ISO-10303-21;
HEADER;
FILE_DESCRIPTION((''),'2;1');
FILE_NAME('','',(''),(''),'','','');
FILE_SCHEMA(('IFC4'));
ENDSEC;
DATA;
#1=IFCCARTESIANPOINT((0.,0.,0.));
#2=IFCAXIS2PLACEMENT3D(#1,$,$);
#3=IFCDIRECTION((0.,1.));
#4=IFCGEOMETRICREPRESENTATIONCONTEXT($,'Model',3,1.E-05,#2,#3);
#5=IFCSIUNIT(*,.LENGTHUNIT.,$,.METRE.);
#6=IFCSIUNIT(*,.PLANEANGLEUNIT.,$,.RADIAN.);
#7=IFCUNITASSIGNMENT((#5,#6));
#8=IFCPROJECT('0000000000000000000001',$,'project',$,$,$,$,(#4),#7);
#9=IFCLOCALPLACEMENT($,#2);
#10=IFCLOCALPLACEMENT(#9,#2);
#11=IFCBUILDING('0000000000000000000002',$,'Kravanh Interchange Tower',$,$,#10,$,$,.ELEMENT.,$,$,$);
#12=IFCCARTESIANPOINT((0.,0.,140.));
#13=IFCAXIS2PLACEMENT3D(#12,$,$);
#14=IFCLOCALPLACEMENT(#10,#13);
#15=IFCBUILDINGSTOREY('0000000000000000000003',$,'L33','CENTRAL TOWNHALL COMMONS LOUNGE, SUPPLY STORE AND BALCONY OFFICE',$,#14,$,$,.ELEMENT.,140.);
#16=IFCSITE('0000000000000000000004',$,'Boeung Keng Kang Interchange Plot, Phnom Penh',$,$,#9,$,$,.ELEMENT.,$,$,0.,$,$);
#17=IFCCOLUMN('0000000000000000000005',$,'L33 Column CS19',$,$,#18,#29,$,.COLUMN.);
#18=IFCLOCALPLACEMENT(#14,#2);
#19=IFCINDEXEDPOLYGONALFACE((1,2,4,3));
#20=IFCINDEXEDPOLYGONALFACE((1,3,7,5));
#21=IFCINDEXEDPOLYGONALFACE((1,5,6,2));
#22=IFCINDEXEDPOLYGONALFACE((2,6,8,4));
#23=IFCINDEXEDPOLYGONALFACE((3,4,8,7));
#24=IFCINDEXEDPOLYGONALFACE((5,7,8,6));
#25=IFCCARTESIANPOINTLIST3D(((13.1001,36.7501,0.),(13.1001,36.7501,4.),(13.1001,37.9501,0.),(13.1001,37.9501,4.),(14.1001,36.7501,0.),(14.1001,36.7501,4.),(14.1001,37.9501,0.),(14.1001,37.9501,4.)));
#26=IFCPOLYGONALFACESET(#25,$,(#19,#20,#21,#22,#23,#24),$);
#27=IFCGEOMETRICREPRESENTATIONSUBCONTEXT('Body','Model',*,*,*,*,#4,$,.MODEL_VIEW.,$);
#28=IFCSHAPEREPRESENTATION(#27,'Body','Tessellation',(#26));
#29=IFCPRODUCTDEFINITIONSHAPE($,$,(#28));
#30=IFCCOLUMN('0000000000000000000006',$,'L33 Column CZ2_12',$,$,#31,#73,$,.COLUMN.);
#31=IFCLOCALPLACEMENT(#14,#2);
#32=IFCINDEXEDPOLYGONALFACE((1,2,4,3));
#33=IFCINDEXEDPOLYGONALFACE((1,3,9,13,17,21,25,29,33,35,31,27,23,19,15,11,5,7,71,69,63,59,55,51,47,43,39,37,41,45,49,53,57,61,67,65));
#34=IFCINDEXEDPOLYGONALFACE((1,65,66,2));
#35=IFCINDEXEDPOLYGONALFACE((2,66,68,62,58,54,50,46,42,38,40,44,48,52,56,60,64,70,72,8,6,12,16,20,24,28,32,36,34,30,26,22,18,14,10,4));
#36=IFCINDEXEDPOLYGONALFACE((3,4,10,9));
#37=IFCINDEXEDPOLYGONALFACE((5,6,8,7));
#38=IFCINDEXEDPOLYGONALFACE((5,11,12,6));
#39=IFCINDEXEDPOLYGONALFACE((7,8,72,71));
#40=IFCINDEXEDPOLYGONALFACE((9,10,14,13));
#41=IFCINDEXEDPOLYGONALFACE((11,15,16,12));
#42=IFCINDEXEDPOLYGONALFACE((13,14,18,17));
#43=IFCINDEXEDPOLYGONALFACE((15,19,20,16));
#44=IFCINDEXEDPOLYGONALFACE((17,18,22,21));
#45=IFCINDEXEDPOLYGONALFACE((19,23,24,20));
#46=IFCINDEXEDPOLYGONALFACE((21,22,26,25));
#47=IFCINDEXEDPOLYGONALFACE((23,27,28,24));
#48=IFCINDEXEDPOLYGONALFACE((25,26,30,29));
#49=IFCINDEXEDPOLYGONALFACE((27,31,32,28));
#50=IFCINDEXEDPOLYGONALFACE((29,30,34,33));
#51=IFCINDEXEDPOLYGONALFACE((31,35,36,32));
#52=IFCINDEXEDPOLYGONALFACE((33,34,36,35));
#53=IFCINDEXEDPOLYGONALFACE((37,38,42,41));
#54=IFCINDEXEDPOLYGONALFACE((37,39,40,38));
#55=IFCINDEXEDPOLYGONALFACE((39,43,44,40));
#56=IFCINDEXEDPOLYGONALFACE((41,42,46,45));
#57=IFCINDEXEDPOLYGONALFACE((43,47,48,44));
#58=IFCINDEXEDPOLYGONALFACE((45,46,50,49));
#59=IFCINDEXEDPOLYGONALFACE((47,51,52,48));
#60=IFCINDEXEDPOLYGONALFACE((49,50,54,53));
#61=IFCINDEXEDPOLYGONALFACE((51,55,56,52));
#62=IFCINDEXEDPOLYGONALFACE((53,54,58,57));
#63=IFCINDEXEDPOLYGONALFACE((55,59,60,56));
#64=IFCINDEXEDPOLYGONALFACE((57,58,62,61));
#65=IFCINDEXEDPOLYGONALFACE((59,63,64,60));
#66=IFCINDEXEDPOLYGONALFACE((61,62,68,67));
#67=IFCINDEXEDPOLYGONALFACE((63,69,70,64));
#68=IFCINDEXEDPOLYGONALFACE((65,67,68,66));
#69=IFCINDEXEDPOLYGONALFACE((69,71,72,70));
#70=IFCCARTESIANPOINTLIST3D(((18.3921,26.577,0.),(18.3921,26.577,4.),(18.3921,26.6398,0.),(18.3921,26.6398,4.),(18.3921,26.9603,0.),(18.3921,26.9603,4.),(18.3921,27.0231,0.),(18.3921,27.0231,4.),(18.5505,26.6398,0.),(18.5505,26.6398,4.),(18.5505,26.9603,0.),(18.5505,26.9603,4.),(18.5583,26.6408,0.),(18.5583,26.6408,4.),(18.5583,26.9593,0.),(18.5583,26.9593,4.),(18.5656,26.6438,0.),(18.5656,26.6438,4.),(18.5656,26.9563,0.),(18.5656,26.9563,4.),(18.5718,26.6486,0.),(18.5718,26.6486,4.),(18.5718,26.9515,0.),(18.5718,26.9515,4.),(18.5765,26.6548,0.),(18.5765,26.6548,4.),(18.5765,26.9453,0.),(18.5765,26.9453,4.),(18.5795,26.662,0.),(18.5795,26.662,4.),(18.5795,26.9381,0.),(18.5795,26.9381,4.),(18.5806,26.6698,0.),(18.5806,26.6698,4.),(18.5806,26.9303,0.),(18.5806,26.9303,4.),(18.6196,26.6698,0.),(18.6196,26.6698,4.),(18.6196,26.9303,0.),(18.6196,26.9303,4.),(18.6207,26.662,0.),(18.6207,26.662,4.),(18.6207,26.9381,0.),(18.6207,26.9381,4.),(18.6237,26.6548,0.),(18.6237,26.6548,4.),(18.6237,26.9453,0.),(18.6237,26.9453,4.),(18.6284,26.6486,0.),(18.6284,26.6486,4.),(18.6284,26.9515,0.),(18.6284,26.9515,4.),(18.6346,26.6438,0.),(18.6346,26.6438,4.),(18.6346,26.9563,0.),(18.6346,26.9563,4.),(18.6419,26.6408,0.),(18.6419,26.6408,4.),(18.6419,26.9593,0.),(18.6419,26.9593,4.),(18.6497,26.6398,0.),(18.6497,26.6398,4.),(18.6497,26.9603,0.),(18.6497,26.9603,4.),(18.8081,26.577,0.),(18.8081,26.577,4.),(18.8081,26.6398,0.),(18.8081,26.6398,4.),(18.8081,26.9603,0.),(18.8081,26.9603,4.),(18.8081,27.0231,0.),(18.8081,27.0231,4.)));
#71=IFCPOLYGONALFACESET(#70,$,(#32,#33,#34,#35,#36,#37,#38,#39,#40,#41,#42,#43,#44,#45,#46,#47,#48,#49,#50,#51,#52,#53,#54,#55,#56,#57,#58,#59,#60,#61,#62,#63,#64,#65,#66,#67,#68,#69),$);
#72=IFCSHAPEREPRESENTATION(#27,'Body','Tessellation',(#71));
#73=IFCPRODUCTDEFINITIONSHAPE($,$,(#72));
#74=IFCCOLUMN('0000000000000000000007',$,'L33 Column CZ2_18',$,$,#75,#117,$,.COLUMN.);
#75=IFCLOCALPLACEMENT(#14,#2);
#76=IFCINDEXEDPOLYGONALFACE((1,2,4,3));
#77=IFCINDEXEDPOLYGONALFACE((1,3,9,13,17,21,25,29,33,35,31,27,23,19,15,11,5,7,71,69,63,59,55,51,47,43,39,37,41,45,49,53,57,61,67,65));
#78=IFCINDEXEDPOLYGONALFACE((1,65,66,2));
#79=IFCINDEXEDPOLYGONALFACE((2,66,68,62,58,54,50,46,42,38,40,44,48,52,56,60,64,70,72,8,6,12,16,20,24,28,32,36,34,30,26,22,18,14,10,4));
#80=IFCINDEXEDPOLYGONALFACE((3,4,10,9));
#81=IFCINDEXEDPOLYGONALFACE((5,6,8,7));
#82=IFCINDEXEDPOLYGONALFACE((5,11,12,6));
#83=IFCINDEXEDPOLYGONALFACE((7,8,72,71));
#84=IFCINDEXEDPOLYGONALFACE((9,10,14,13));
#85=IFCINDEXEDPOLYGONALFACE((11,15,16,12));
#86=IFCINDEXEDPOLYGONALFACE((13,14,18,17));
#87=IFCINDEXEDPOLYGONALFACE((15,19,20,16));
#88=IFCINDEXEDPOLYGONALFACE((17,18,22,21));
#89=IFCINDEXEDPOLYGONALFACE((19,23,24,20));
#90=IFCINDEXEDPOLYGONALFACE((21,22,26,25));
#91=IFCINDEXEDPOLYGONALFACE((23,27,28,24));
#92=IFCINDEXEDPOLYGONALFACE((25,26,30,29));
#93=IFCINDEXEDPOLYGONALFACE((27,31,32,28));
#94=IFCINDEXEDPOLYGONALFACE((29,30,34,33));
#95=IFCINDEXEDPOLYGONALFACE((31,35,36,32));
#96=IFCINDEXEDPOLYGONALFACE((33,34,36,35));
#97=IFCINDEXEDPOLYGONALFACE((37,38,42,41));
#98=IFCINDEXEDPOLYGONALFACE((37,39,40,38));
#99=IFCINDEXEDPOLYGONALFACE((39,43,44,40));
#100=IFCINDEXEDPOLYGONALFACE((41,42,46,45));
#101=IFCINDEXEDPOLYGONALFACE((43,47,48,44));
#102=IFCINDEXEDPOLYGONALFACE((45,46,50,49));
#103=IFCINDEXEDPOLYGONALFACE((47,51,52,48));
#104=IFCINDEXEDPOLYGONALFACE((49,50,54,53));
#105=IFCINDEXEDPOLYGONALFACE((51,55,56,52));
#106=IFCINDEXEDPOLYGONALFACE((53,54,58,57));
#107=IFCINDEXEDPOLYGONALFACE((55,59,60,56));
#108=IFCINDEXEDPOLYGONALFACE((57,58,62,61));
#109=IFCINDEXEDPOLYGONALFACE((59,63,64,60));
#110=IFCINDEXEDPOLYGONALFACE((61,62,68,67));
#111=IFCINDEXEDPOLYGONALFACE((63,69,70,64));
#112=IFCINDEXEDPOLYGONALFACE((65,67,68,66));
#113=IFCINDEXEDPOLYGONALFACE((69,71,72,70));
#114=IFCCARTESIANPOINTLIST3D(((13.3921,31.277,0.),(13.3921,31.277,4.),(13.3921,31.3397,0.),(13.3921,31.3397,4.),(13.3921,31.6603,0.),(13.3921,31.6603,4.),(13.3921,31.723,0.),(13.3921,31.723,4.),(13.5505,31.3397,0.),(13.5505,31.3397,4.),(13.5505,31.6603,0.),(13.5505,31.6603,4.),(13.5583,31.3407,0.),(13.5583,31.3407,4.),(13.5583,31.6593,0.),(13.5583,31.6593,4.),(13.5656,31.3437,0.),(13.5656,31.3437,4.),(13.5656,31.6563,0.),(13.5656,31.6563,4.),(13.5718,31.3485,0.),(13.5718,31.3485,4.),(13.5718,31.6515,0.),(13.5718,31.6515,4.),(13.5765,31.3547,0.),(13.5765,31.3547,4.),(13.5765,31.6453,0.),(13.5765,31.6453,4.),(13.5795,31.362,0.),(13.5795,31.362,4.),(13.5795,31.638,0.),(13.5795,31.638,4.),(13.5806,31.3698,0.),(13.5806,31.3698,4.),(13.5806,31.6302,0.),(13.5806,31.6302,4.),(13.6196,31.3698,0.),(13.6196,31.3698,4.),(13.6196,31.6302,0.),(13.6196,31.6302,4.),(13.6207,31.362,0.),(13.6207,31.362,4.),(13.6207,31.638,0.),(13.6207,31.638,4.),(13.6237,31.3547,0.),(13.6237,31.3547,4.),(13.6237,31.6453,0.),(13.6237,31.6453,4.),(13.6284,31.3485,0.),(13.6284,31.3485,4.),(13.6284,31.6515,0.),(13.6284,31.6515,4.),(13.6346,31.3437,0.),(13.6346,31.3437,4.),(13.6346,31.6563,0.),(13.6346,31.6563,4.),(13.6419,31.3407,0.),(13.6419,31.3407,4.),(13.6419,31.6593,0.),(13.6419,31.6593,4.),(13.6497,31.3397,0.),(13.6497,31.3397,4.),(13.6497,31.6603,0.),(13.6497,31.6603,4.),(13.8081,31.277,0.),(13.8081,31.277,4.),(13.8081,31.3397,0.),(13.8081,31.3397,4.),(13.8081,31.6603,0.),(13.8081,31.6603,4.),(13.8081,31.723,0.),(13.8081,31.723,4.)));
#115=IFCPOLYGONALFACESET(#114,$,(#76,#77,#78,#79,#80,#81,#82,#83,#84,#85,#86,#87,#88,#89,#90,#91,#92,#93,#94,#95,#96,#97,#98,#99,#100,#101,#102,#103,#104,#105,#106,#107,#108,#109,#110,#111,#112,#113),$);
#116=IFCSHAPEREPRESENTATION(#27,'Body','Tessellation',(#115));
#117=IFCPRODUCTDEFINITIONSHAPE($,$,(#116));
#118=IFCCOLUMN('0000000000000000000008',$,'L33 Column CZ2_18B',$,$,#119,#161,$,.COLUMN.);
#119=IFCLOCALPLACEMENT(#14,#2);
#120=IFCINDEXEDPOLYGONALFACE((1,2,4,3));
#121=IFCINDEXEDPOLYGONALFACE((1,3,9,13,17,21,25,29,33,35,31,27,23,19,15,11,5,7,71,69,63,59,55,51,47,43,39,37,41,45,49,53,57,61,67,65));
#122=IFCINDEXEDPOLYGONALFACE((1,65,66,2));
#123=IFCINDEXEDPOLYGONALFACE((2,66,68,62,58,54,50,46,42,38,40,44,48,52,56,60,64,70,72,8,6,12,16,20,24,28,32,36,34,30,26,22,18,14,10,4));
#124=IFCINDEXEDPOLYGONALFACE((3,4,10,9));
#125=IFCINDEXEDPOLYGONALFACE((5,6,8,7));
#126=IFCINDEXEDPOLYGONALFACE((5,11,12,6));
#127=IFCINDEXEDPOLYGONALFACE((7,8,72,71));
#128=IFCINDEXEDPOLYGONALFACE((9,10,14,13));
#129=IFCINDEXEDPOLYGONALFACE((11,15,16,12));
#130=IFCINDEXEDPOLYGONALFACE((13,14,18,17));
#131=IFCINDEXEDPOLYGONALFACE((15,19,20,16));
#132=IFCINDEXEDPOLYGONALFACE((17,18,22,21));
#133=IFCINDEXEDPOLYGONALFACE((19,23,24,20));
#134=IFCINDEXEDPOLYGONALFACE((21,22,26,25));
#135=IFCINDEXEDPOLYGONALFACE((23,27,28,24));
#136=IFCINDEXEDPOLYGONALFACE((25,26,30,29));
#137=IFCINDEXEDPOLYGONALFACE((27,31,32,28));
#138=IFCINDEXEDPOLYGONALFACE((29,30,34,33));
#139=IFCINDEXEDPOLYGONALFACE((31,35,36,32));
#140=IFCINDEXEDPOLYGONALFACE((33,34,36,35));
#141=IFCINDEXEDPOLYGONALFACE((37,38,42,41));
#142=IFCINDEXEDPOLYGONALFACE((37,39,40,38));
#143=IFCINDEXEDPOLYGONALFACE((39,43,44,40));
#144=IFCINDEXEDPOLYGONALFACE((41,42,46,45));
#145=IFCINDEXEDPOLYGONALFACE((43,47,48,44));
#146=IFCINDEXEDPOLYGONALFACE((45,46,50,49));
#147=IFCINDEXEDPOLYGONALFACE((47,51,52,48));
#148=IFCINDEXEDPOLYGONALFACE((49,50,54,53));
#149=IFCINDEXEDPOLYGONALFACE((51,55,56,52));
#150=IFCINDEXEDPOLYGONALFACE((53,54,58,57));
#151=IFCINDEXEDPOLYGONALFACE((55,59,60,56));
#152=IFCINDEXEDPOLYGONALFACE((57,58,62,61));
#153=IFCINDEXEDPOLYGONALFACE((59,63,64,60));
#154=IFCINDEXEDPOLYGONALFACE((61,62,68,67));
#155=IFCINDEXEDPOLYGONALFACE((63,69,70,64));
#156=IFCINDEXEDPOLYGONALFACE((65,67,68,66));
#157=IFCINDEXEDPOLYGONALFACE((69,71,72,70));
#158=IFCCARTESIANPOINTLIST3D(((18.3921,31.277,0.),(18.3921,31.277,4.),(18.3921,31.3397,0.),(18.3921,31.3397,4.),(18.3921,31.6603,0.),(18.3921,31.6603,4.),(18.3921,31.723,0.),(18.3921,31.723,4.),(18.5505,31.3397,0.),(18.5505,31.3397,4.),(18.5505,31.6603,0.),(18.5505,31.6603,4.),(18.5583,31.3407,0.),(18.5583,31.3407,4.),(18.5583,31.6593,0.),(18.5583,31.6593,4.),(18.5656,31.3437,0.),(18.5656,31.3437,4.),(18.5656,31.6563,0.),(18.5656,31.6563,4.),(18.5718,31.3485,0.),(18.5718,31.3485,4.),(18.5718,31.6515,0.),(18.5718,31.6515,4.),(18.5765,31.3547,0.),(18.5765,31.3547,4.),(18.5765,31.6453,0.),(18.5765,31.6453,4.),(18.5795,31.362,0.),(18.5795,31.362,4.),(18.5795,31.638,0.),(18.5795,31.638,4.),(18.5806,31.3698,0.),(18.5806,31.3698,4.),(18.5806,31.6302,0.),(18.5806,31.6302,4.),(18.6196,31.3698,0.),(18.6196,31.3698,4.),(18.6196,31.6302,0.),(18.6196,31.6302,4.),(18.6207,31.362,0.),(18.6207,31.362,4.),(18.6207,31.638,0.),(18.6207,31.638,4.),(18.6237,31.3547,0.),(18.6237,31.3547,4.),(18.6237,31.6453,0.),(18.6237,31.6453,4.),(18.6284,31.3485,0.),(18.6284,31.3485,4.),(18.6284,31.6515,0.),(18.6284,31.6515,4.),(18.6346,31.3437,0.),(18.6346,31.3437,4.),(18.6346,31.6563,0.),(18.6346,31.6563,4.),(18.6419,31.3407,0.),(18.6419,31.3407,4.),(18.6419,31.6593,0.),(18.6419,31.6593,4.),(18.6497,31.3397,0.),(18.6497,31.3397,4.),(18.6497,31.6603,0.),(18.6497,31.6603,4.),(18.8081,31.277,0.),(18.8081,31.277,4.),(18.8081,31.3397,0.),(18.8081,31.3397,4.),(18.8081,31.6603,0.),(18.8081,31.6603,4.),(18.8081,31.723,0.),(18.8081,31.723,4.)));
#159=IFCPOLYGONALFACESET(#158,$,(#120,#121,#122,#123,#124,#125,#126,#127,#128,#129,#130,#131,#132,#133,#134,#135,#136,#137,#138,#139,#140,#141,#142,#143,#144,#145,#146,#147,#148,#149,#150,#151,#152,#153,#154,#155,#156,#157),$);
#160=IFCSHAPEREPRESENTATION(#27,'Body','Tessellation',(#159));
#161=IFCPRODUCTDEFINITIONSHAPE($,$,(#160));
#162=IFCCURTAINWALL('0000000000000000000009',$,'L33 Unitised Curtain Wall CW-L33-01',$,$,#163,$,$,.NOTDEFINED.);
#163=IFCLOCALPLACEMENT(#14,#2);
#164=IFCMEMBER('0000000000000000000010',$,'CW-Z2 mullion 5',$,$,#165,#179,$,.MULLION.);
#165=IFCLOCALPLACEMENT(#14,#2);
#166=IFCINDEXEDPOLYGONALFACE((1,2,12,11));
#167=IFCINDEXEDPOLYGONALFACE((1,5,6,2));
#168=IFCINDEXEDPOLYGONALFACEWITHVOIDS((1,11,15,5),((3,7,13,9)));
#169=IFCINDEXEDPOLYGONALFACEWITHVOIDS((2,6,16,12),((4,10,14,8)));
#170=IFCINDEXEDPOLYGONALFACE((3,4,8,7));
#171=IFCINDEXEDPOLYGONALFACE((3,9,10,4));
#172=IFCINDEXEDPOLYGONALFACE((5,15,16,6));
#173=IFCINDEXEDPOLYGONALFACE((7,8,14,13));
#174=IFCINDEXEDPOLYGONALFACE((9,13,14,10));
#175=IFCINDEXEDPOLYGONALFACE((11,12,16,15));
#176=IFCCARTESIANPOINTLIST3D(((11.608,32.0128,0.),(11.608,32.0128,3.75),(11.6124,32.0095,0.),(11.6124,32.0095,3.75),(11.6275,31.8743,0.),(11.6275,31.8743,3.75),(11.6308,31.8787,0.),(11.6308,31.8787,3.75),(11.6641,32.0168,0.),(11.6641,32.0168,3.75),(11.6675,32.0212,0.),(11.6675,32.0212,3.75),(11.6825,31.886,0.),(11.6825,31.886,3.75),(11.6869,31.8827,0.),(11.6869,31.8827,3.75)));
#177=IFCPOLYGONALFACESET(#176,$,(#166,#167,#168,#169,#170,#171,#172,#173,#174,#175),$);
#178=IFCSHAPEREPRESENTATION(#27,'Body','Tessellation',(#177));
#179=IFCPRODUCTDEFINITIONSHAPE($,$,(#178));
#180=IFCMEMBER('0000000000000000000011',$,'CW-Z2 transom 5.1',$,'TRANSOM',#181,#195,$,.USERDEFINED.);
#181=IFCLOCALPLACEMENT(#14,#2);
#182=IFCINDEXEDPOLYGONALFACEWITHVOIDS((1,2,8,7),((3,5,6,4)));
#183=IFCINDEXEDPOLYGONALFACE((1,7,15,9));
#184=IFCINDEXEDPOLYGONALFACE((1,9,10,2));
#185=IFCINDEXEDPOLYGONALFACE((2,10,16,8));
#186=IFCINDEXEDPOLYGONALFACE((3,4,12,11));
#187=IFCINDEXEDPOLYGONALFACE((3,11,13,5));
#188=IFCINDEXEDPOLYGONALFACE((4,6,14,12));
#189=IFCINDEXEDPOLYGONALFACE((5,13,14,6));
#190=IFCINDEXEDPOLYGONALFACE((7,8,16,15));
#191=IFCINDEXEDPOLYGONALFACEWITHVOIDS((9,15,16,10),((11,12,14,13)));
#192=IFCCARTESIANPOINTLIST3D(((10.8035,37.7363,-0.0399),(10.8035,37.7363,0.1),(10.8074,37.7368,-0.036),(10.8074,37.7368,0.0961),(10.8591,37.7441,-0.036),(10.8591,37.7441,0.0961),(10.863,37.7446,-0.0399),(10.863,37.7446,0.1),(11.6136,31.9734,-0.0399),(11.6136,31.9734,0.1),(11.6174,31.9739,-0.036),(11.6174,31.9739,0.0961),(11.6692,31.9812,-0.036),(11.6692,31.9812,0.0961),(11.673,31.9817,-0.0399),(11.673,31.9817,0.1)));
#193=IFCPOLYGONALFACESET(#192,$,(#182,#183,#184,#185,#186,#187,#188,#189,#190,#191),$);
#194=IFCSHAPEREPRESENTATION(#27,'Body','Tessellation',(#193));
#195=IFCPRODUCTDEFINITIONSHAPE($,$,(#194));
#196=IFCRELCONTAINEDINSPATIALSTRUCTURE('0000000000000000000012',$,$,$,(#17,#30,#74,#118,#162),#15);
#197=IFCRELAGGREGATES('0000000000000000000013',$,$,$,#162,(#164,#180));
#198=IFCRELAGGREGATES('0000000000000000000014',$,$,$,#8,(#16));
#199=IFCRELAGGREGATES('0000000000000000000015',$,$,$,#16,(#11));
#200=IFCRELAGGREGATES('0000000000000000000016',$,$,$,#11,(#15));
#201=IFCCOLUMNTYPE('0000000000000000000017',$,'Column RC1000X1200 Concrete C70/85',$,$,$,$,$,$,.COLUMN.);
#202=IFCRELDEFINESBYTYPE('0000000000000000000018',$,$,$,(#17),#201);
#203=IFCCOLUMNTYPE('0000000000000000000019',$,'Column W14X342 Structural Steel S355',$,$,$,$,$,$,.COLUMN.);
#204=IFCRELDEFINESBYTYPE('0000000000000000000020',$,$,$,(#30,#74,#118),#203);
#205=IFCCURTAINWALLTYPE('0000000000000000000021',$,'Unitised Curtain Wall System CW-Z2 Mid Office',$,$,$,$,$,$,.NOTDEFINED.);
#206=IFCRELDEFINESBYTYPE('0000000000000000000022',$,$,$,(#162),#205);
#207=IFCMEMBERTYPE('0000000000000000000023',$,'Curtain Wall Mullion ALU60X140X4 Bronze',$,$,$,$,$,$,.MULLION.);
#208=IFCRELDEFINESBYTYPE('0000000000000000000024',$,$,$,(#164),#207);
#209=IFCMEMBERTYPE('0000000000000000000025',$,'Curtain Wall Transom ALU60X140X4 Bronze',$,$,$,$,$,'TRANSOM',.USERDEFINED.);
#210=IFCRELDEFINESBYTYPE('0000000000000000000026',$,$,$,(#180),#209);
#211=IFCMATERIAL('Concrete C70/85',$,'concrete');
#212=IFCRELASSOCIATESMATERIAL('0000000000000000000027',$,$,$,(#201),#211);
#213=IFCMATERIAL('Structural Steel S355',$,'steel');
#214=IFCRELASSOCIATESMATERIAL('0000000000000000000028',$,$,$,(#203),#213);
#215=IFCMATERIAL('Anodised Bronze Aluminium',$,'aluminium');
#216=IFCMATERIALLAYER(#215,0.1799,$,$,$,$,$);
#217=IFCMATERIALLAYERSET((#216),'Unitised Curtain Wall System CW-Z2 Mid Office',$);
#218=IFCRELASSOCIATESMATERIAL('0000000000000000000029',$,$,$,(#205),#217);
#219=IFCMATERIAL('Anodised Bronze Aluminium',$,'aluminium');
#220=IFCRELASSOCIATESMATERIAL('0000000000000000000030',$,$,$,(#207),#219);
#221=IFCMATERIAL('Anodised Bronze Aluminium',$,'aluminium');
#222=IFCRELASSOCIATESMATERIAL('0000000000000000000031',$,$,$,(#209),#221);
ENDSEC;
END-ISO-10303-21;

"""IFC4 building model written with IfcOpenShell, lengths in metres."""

from ifc_helpers import new_model, si_unit, direction, frame, origin, origin_2d, place, context, subcontext, project, spatial, rectangle, hollow_rectangle, i_section, extrude, material, layer, layer_set, material_profile, profile_set, type_object, element, aggregate, save


model = new_model("IFC4")

# Units and contexts
model_context = context("Model", 3, precision=1e-05, world=origin(), true_north=direction((0.0, 1.0)))
body_context = subcontext(model_context, "Body", "Model", "MODEL_VIEW")
ifc_project = project(units=[si_unit("LENGTHUNIT", "METRE"), si_unit("PLANEANGLEUNIT", "RADIAN")], contexts=[model_context])

# Site, building, storey
site_placement = place(None, origin())
site = spatial("IfcSite", under=ifc_project, at=site_placement, Name="Boeung Keng Kang Interchange Plot, Phnom Penh", CompositionType="ELEMENT", RefElevation=0.0)
building_placement = place(site_placement, origin())
building = spatial("IfcBuilding", under=site, at=building_placement, Name="Kravanh Interchange Tower", CompositionType="ELEMENT")
storey_placement = place(building_placement, frame((0.0, 0.0, 140.0)))
storey = spatial("IfcBuildingStorey", under=building, at=storey_placement, Name="L33", Description="CENTRAL TOWNHALL COMMONS LOUNGE, SUPPLY STORE AND BALCONY OFFICE", CompositionType="ELEMENT", Elevation=140.0)

# Columns
ifc_material_1 = material(Name="Concrete C70/85", Category="concrete")
ifc_material_profile_1 = material_profile(ifc_material_1, rectangle(XDim=1.0, YDim=1.2, at=origin_2d()), Name="RC1000X1200")
ifc_profile_set_1 = profile_set([ifc_material_profile_1], Name="Concrete C70/85")
column_type_1 = type_object("IfcColumnType", Name="Column RC1000X1200 Concrete C70/85", PredefinedType="COLUMN", material=ifc_profile_set_1)
column_placement = place(storey_placement, frame((13.6001, 37.3501, 0.0), z_axis=(0.0, 0.0, 1.0), x_axis=(1.0, 0.0, 0.0)))
element("IfcColumn", 1, at=column_placement, inside=storey, type_object=column_type_1, Name="L33 Column CS19", PredefinedType="COLUMN", context=body_context, shape_type="SweptSolid", body=[
    extrude(rectangle(XDim=1.0, YDim=1.2, at=origin_2d()), origin(), (0.0, 0.0, 1.0), 4.0),
])
ifc_material_2 = material(Name="Structural Steel S355", Category="steel")
ifc_material_profile_2 = material_profile(ifc_material_2, i_section(OverallWidth=0.416, OverallDepth=0.446, WebThickness=0.0391, FlangeThickness=0.0627, FilletRadius=0.03, at=origin_2d()), Name="W14X342")
ifc_profile_set_2 = profile_set([ifc_material_profile_2], Name="Structural Steel S355")
column_type_2 = type_object("IfcColumnType", Name="Column W14X342 Structural Steel S355", PredefinedType="COLUMN", material=ifc_profile_set_2)
for number, where, z_axis, x_axis, name in (
    (2, (18.6001, 26.8, 0.0), (0.0, 0.0, 1.0), (1.0, 0.0, 0.0), "L33 Column CZ2_12"),
    (3, (13.6001, 31.5, 0.0), (0.0, 0.0, 1.0), (1.0, 0.0, 0.0), "L33 Column CZ2_18"),
    (4, (18.6001, 31.5, 0.0), (0.0, 0.0, 1.0), (1.0, 0.0, 0.0), "L33 Column CZ2_18B"),
):
    element("IfcColumn", number, at=place(storey_placement, frame(where, z_axis=z_axis, x_axis=x_axis)), inside=storey, type_object=column_type_2, Name=name, PredefinedType="COLUMN", context=body_context, shape_type="SweptSolid", body=[
        extrude(i_section(OverallWidth=0.416, OverallDepth=0.446, WebThickness=0.0391, FlangeThickness=0.0627, FilletRadius=0.03, at=origin_2d()), origin(), (0.0, 0.0, 1.0), 4.0),
    ])

# Curtain wall, members
ifc_material_3 = material(Name="Anodised Bronze Aluminium", Category="aluminium")
ifc_layer_1 = layer(ifc_material_3, 0.1799)
ifc_layer_set_1 = layer_set([ifc_layer_1], Name="Unitised Curtain Wall System CW-Z2 Mid Office")
curtain_wall_type = type_object("IfcCurtainWallType", Name="Unitised Curtain Wall System CW-Z2 Mid Office", PredefinedType="NOTDEFINED", material=ifc_layer_set_1)
curtain_wall_placement = place(storey_placement, origin())
curtain_wall = element("IfcCurtainWall", 5, at=curtain_wall_placement, inside=storey, type_object=curtain_wall_type, Name="L33 Unitised Curtain Wall CW-L33-01", PredefinedType="NOTDEFINED")
ifc_material_4 = material(Name="Anodised Bronze Aluminium", Category="aluminium")
ifc_material_profile_3 = material_profile(ifc_material_4, hollow_rectangle(XDim=0.0601, YDim=0.1399, WallThickness=0.0039, at=origin_2d()), Name="ALU60X140X4")
ifc_profile_set_3 = profile_set([ifc_material_profile_3], Name="Anodised Bronze Aluminium")
member_type_1 = type_object("IfcMemberType", Name="Curtain Wall Mullion ALU60X140X4 Bronze", PredefinedType="MULLION", material=ifc_profile_set_3)
member_1_placement = place(storey_placement, frame((11.6475, 31.9478, 0.0), z_axis=(0.0, 0.0, 1.0), x_axis=(-0.990268, -0.139173, 0.0)))
member_1 = element("IfcMember", 6, at=member_1_placement, type_object=member_type_1, Name="CW-Z2 mullion 5", PredefinedType="MULLION", context=body_context, shape_type="SweptSolid", body=[
    extrude(hollow_rectangle(XDim=0.0601, YDim=0.1399, WallThickness=0.0039, at=origin_2d()), origin(), (0.0, 0.0, 1.0), 3.75),
])
ifc_material_5 = material(Name="Anodised Bronze Aluminium", Category="aluminium")
ifc_material_profile_4 = material_profile(ifc_material_5, hollow_rectangle(XDim=0.0601, YDim=0.1399, WallThickness=0.0039, at=origin_2d()), Name="ALU60X140X4")
ifc_profile_set_4 = profile_set([ifc_material_profile_4], Name="Anodised Bronze Aluminium")
member_type_2 = type_object("IfcMemberType", Name="Curtain Wall Transom ALU60X140X4 Bronze", ElementType="TRANSOM", PredefinedType="USERDEFINED", material=ifc_profile_set_4)
member_2_placement = place(storey_placement, frame((11.6433, 31.9775, 0.03), z_axis=(-0.139195, 0.990265, 0.0), x_axis=(-0.990265, -0.139195, 0.0)))
member_2 = element("IfcMember", 7, at=member_2_placement, type_object=member_type_2, Name="CW-Z2 transom 5.1", ObjectType="TRANSOM", PredefinedType="USERDEFINED", context=body_context, shape_type="SweptSolid", body=[
    extrude(hollow_rectangle(XDim=0.0601, YDim=0.1399, WallThickness=0.0039, at=origin_2d()), origin(), (0.0, 0.0, 1.0), 5.8196),
])

aggregate(curtain_wall, [member_1, member_2])

save(model, "model.ifc")
